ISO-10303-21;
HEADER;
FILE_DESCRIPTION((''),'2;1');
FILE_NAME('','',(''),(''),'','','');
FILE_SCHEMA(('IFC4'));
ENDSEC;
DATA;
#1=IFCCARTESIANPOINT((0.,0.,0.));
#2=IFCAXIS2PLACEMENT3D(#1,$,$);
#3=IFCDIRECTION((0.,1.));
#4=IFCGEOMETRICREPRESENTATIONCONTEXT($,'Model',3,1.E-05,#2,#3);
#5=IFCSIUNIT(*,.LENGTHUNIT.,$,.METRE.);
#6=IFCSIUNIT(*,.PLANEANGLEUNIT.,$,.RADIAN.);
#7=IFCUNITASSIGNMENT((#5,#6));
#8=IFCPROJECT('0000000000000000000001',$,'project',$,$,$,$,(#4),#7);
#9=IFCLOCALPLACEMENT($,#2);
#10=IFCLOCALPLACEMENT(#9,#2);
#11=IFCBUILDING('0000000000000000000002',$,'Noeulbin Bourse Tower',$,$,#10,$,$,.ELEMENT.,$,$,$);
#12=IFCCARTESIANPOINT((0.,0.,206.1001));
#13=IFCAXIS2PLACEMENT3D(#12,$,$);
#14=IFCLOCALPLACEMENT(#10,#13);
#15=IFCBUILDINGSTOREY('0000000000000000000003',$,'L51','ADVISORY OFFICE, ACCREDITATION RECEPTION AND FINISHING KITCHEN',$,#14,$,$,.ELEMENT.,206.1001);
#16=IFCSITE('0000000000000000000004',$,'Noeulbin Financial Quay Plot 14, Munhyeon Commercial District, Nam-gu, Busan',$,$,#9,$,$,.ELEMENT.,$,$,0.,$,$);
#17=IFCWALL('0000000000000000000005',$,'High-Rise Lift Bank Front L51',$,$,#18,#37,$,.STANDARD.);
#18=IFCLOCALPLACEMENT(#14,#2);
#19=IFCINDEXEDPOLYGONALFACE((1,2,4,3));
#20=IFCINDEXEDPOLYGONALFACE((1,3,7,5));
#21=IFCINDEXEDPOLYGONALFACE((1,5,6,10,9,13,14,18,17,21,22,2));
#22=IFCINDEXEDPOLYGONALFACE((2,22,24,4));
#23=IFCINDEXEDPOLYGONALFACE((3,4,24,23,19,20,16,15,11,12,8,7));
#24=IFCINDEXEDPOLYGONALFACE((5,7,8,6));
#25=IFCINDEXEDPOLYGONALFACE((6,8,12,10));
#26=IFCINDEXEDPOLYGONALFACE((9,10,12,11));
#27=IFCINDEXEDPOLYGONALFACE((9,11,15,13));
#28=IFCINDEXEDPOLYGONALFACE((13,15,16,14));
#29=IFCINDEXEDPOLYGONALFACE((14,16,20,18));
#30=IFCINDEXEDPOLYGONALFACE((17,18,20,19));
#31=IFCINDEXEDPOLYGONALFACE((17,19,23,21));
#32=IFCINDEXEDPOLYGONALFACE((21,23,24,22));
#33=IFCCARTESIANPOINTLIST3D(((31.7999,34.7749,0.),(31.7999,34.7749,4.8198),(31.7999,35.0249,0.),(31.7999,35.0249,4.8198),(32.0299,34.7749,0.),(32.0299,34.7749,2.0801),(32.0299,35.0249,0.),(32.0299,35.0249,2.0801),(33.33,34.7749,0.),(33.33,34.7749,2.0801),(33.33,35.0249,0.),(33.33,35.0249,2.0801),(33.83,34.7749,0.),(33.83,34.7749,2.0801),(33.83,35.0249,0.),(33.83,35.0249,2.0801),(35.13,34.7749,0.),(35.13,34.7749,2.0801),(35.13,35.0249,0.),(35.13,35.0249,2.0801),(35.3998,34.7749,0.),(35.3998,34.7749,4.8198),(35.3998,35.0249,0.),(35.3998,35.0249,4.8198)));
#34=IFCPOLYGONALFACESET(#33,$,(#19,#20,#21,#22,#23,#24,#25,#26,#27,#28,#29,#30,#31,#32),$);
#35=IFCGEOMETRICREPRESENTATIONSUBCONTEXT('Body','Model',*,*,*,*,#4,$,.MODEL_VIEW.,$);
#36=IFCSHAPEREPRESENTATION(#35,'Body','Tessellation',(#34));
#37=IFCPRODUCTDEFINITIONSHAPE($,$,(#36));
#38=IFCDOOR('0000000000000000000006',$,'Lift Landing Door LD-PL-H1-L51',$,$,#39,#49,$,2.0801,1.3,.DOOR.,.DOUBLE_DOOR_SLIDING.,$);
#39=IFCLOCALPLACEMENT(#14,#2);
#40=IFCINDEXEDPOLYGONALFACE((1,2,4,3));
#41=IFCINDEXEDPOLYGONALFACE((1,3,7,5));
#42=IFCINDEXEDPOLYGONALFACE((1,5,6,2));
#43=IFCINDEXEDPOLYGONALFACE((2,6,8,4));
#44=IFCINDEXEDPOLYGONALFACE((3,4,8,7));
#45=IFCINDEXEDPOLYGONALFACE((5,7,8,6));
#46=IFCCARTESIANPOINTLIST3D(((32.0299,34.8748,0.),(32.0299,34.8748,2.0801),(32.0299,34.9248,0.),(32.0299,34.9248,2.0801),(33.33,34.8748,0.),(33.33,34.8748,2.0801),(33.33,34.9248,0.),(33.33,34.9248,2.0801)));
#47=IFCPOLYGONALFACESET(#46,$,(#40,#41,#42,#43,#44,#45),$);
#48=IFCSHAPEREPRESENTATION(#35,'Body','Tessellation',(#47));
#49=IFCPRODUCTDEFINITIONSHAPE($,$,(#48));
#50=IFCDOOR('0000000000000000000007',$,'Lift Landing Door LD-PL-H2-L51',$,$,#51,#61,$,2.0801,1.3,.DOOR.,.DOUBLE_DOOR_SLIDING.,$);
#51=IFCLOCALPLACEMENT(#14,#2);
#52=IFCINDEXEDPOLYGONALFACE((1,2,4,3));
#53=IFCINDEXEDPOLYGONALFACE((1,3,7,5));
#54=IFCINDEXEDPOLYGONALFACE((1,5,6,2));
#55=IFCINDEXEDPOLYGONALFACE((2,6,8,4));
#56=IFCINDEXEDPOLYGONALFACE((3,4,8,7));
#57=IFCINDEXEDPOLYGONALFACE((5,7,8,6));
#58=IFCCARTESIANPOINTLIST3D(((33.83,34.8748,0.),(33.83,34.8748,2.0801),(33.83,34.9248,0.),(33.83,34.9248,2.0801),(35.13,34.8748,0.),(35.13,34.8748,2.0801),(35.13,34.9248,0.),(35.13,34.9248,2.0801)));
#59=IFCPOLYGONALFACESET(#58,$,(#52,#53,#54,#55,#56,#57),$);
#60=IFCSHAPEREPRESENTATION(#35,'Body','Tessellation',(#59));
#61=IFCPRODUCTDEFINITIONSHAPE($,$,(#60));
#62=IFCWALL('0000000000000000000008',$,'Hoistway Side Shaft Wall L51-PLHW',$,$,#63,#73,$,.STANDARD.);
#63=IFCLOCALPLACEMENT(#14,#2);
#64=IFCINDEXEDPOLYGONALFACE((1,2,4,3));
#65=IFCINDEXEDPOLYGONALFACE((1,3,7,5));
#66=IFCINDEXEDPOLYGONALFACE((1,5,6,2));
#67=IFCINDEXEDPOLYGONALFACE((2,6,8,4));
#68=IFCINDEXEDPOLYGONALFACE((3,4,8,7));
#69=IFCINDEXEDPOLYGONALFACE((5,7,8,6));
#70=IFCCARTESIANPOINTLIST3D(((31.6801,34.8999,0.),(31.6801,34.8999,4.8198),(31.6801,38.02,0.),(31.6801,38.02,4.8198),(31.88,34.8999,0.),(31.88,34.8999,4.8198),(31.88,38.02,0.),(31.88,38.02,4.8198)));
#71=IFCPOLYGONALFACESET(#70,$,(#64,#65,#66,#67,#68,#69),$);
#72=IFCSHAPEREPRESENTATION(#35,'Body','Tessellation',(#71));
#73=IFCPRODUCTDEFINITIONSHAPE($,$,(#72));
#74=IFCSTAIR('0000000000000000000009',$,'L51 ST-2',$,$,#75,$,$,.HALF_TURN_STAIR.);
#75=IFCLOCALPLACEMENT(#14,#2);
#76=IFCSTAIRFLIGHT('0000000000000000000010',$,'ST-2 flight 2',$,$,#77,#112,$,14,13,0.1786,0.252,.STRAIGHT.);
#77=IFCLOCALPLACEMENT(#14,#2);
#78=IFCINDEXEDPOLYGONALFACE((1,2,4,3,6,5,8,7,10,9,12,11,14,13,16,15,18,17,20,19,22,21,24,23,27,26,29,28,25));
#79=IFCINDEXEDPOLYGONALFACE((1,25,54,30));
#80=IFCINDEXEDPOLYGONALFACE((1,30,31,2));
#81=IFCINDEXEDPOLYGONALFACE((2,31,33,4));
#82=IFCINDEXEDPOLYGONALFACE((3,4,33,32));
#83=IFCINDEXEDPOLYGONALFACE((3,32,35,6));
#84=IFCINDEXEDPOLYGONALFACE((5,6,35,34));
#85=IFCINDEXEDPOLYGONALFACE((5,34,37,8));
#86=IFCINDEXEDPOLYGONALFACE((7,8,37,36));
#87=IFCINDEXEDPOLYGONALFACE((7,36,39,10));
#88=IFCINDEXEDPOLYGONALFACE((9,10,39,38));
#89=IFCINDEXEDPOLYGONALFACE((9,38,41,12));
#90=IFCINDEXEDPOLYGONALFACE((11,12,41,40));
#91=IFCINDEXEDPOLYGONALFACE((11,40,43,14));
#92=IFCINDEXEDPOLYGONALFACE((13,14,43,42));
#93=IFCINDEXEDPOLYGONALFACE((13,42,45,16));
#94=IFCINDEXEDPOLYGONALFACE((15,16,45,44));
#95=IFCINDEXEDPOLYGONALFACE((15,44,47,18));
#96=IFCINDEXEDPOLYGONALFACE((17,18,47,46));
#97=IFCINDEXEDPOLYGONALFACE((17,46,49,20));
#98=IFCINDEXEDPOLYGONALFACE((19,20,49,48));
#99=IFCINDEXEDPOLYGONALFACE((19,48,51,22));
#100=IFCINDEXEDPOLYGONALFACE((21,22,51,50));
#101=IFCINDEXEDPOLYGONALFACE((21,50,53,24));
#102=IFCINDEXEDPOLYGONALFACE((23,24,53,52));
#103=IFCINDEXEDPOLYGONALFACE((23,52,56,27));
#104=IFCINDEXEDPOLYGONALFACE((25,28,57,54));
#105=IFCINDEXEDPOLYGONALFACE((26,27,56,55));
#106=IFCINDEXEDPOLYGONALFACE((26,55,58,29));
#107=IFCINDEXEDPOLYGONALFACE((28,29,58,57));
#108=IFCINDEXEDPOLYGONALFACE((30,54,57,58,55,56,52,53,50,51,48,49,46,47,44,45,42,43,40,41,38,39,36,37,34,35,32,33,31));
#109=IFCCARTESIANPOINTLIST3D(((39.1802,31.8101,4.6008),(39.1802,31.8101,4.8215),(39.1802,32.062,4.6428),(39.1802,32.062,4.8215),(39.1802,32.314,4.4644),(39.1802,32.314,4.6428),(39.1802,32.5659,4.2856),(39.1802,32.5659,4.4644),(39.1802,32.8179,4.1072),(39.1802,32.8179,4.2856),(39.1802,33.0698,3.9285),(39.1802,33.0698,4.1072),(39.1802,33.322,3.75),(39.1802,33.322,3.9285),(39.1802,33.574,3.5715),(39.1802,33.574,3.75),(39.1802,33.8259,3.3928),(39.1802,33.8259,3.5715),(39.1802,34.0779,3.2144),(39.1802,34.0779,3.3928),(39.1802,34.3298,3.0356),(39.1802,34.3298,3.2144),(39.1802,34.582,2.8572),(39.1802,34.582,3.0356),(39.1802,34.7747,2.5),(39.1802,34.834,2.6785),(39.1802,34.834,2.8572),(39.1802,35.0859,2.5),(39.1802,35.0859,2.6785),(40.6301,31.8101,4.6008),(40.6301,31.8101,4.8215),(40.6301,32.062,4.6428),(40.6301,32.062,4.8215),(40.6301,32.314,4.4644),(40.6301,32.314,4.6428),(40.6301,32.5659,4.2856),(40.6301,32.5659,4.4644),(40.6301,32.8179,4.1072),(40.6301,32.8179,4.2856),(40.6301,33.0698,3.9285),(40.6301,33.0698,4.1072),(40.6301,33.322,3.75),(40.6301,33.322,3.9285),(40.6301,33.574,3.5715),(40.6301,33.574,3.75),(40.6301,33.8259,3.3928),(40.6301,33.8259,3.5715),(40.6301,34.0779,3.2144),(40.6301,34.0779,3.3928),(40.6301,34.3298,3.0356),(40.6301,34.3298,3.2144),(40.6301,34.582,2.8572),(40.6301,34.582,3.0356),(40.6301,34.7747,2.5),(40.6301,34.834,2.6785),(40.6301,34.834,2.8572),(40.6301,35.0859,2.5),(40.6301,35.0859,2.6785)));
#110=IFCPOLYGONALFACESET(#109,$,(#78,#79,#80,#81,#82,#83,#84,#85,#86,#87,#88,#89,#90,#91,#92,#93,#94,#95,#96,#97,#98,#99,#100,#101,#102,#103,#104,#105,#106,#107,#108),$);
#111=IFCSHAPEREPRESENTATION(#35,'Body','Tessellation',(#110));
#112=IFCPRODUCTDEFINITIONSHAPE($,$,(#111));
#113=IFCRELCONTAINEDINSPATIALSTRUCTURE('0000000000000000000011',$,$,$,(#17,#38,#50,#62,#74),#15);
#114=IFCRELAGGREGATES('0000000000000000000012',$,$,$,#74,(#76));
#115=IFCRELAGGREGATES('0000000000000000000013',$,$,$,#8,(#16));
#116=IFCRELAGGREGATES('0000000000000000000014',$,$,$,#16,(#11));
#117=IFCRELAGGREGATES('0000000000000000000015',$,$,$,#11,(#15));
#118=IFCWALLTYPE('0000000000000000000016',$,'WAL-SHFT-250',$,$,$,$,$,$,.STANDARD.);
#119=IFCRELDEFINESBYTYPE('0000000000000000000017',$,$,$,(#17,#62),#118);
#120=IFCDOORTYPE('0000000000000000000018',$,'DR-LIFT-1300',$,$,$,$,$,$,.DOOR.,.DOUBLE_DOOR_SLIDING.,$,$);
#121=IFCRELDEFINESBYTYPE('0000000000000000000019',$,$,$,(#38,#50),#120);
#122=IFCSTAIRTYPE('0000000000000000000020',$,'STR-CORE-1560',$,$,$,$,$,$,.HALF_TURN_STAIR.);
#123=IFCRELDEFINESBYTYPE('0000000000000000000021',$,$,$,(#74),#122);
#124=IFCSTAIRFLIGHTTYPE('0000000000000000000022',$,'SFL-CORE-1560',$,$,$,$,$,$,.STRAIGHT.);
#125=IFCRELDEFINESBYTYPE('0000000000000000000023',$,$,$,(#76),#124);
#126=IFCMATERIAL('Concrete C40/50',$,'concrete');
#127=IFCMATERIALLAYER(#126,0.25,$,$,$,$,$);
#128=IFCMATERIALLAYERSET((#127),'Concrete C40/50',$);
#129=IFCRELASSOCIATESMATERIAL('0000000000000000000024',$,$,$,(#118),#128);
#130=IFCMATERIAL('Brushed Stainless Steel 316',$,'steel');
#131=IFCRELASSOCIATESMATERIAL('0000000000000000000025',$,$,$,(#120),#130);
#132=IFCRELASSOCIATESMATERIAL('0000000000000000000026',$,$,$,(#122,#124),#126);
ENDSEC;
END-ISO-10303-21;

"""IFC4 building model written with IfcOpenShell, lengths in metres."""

from ifc_helpers import new_model, si_unit, direction, frame, frame_2d, origin, place, context, subcontext, project, spatial, polyline, rectangle, outline, extrude, material, layer, layer_set, type_object, element, fill, aggregate, save


model = new_model("IFC4")

# Units and contexts
model_context = context("Model", 3, precision=1e-05, world=origin(), true_north=direction((0.0, 1.0)))
body_context = subcontext(model_context, "Body", "Model", "MODEL_VIEW")
ifc_project = project(units=[si_unit("LENGTHUNIT", "METRE"), si_unit("PLANEANGLEUNIT", "RADIAN")], contexts=[model_context])

# Site, building, storey
site_placement = place(None, origin())
site = spatial("IfcSite", under=ifc_project, at=site_placement, Name="Noeulbin Financial Quay Plot 14, Munhyeon Commercial District, Nam-gu, Busan", CompositionType="ELEMENT", RefElevation=0.0)
building_placement = place(site_placement, origin())
building = spatial("IfcBuilding", under=site, at=building_placement, Name="Noeulbin Bourse Tower", CompositionType="ELEMENT")
storey_placement = place(building_placement, frame((0.0, 0.0, 206.1001)))
storey = spatial("IfcBuildingStorey", under=building, at=storey_placement, Name="L51", Description="ADVISORY OFFICE, ACCREDITATION RECEPTION AND FINISHING KITCHEN", CompositionType="ELEMENT", Elevation=206.1001)

# Shared definitions
ifc_material_1 = material(Name="Concrete C40/50", Category="concrete")
ifc_layer_1 = layer(ifc_material_1, 0.25)
ifc_layer_set_1 = layer_set([ifc_layer_1], Name="Concrete C40/50")
wall_type = type_object("IfcWallType", Name="WAL-SHFT-250", PredefinedType="STANDARD", material=ifc_layer_set_1)

# Wall, openings, doors
wall_1_placement = place(storey_placement, frame((31.8, 34.8999, 0.0), z_axis=(0.0, 0.0, 1.0), x_axis=(1.0, 0.0, 0.0)))
wall_1 = element("IfcWall", 1, at=wall_1_placement, inside=storey, type_object=wall_type, Name="High-Rise Lift Bank Front L51", PredefinedType="STANDARD", context=body_context, shape_type="SweptSolid", body=[
    extrude(rectangle(XDim=3.5999, YDim=0.25, at=frame_2d((1.7998, 0.0))), origin(), (0.0, 0.0, 1.0), 4.8198),
])
opening_1_placement = place(wall_1_placement, frame((0.23, 0.0, 0.0)))
opening_1 = element("IfcOpeningElement", 2, at=opening_1_placement, cuts=wall_1, PredefinedType="OPENING", context=body_context, shape_type="SweptSolid", body=[
    extrude(rectangle(XDim=1.3, YDim=2.0801, at=frame_2d((0.6499, 1.04))), frame((0.0, 0.135, 0.0), z_axis=(0.0, -1.0, 0.0), x_axis=(1.0, 0.0, 0.0)), (0.0, 0.0, 1.0), 0.27),
])
opening_2_placement = place(wall_1_placement, frame((2.03, 0.0, 0.0)))
opening_2 = element("IfcOpeningElement", 3, at=opening_2_placement, cuts=wall_1, PredefinedType="OPENING", context=body_context, shape_type="SweptSolid", body=[
    extrude(rectangle(XDim=1.3, YDim=2.0801, at=frame_2d((0.6499, 1.04))), frame((0.0, 0.135, 0.0), z_axis=(0.0, -1.0, 0.0), x_axis=(1.0, 0.0, 0.0)), (0.0, 0.0, 1.0), 0.27),
])
ifc_material_2 = material(Name="Brushed Stainless Steel 316", Category="steel")
door_type = type_object("IfcDoorType", Name="DR-LIFT-1300", OperationType="DOUBLE_DOOR_SLIDING", PredefinedType="DOOR", material=ifc_material_2)
door_1_placement = place(opening_1_placement, origin())
door_1 = element("IfcDoor", 4, at=door_1_placement, inside=storey, type_object=door_type, Name="Lift Landing Door LD-PL-H1-L51", OperationType="DOUBLE_DOOR_SLIDING", OverallHeight=2.0801, OverallWidth=1.3, PredefinedType="DOOR", context=body_context, shape_type="SweptSolid", body=[
    extrude(rectangle(XDim=1.3, YDim=2.0801, at=frame_2d((0.6499, 1.04))), frame((0.0, 0.0249, 0.0), z_axis=(0.0, -1.0, 0.0), x_axis=(1.0, 0.0, 0.0)), (0.0, 0.0, 1.0), 0.05),
])
fill(opening_1, door_1)
door_2_placement = place(opening_2_placement, origin())
door_2 = element("IfcDoor", 5, at=door_2_placement, inside=storey, type_object=door_type, Name="Lift Landing Door LD-PL-H2-L51", OperationType="DOUBLE_DOOR_SLIDING", OverallHeight=2.0801, OverallWidth=1.3, PredefinedType="DOOR", context=body_context, shape_type="SweptSolid", body=[
    extrude(rectangle(XDim=1.3, YDim=2.0801, at=frame_2d((0.6499, 1.04))), frame((0.0, 0.0249, 0.0), z_axis=(0.0, -1.0, 0.0), x_axis=(1.0, 0.0, 0.0)), (0.0, 0.0, 1.0), 0.05),
])
fill(opening_2, door_2)

# Wall
wall_2_placement = place(storey_placement, frame((31.78, 34.8999, 0.0), z_axis=(0.0, 0.0, 1.0), x_axis=(0.0, 1.0, 0.0)))
element("IfcWall", 6, at=wall_2_placement, inside=storey, type_object=wall_type, Name="Hoistway Side Shaft Wall L51-PLHW", PredefinedType="STANDARD", context=body_context, shape_type="SweptSolid", body=[
    extrude(rectangle(XDim=3.1201, YDim=0.2, at=frame_2d((1.5601, 0.0))), origin(), (0.0, 0.0, 1.0), 4.8198),
])

# Stair, stair flight
stair_type = type_object("IfcStairType", Name="STR-CORE-1560", PredefinedType="HALF_TURN_STAIR", material=ifc_material_1)
stair_placement = place(storey_placement, origin())
stair = element("IfcStair", 7, at=stair_placement, inside=storey, type_object=stair_type, Name="L51 ST-2", PredefinedType="HALF_TURN_STAIR")
stair_flight_type = type_object("IfcStairFlightType", Name="SFL-CORE-1560", PredefinedType="STRAIGHT", material=ifc_material_1)
stair_flight_placement = place(storey_placement, frame((39.905, 35.0859, 2.5), z_axis=(0.0, 0.0, 1.0), x_axis=(0.0, -1.0, 0.0)))
stair_flight = element("IfcStairFlight", 8, at=stair_flight_placement, type_object=stair_flight_type, Name="ST-2 flight 2", NumberOfRisers=14, NumberOfTreads=13, PredefinedType="STRAIGHT", RiserHeight=0.1786, TreadLength=0.252, context=body_context, shape_type="SweptSolid", body=[
    extrude(outline(polyline([(0.0, 0.0), (0.0, 0.1785), (0.252, 0.1785), (0.252, 0.3572), (0.5039, 0.3572), (0.5039, 0.5356), (0.7561, 0.5356), (0.7561, 0.7144), (1.0081, 0.7144), (1.0081, 0.8928), (1.26, 0.8928), (1.26, 1.0715), (1.512, 1.0715), (1.512, 1.25), (1.7639, 1.25), (1.7639, 1.4285), (2.0161, 1.4285), (2.0161, 1.6072), (2.2681, 1.6072), (2.2681, 1.7856), (2.52, 1.7856), (2.52, 1.9644), (2.772, 1.9644), (2.772, 2.1428), (3.0239, 2.1428), (3.0239, 2.3215), (3.2759, 2.3215), (3.2759, 2.5), (3.2759, 2.1008), (0.3113, 0.0), (0.0, 0.0)])), frame((0.0, 0.7251, 0.0), z_axis=(0.0, -1.0, 0.0), x_axis=(1.0, 0.0, 0.0)), (0.0, 0.0, 1.0), 1.45),
])
aggregate(stair, [stair_flight])

save(model, "model.ifc")
